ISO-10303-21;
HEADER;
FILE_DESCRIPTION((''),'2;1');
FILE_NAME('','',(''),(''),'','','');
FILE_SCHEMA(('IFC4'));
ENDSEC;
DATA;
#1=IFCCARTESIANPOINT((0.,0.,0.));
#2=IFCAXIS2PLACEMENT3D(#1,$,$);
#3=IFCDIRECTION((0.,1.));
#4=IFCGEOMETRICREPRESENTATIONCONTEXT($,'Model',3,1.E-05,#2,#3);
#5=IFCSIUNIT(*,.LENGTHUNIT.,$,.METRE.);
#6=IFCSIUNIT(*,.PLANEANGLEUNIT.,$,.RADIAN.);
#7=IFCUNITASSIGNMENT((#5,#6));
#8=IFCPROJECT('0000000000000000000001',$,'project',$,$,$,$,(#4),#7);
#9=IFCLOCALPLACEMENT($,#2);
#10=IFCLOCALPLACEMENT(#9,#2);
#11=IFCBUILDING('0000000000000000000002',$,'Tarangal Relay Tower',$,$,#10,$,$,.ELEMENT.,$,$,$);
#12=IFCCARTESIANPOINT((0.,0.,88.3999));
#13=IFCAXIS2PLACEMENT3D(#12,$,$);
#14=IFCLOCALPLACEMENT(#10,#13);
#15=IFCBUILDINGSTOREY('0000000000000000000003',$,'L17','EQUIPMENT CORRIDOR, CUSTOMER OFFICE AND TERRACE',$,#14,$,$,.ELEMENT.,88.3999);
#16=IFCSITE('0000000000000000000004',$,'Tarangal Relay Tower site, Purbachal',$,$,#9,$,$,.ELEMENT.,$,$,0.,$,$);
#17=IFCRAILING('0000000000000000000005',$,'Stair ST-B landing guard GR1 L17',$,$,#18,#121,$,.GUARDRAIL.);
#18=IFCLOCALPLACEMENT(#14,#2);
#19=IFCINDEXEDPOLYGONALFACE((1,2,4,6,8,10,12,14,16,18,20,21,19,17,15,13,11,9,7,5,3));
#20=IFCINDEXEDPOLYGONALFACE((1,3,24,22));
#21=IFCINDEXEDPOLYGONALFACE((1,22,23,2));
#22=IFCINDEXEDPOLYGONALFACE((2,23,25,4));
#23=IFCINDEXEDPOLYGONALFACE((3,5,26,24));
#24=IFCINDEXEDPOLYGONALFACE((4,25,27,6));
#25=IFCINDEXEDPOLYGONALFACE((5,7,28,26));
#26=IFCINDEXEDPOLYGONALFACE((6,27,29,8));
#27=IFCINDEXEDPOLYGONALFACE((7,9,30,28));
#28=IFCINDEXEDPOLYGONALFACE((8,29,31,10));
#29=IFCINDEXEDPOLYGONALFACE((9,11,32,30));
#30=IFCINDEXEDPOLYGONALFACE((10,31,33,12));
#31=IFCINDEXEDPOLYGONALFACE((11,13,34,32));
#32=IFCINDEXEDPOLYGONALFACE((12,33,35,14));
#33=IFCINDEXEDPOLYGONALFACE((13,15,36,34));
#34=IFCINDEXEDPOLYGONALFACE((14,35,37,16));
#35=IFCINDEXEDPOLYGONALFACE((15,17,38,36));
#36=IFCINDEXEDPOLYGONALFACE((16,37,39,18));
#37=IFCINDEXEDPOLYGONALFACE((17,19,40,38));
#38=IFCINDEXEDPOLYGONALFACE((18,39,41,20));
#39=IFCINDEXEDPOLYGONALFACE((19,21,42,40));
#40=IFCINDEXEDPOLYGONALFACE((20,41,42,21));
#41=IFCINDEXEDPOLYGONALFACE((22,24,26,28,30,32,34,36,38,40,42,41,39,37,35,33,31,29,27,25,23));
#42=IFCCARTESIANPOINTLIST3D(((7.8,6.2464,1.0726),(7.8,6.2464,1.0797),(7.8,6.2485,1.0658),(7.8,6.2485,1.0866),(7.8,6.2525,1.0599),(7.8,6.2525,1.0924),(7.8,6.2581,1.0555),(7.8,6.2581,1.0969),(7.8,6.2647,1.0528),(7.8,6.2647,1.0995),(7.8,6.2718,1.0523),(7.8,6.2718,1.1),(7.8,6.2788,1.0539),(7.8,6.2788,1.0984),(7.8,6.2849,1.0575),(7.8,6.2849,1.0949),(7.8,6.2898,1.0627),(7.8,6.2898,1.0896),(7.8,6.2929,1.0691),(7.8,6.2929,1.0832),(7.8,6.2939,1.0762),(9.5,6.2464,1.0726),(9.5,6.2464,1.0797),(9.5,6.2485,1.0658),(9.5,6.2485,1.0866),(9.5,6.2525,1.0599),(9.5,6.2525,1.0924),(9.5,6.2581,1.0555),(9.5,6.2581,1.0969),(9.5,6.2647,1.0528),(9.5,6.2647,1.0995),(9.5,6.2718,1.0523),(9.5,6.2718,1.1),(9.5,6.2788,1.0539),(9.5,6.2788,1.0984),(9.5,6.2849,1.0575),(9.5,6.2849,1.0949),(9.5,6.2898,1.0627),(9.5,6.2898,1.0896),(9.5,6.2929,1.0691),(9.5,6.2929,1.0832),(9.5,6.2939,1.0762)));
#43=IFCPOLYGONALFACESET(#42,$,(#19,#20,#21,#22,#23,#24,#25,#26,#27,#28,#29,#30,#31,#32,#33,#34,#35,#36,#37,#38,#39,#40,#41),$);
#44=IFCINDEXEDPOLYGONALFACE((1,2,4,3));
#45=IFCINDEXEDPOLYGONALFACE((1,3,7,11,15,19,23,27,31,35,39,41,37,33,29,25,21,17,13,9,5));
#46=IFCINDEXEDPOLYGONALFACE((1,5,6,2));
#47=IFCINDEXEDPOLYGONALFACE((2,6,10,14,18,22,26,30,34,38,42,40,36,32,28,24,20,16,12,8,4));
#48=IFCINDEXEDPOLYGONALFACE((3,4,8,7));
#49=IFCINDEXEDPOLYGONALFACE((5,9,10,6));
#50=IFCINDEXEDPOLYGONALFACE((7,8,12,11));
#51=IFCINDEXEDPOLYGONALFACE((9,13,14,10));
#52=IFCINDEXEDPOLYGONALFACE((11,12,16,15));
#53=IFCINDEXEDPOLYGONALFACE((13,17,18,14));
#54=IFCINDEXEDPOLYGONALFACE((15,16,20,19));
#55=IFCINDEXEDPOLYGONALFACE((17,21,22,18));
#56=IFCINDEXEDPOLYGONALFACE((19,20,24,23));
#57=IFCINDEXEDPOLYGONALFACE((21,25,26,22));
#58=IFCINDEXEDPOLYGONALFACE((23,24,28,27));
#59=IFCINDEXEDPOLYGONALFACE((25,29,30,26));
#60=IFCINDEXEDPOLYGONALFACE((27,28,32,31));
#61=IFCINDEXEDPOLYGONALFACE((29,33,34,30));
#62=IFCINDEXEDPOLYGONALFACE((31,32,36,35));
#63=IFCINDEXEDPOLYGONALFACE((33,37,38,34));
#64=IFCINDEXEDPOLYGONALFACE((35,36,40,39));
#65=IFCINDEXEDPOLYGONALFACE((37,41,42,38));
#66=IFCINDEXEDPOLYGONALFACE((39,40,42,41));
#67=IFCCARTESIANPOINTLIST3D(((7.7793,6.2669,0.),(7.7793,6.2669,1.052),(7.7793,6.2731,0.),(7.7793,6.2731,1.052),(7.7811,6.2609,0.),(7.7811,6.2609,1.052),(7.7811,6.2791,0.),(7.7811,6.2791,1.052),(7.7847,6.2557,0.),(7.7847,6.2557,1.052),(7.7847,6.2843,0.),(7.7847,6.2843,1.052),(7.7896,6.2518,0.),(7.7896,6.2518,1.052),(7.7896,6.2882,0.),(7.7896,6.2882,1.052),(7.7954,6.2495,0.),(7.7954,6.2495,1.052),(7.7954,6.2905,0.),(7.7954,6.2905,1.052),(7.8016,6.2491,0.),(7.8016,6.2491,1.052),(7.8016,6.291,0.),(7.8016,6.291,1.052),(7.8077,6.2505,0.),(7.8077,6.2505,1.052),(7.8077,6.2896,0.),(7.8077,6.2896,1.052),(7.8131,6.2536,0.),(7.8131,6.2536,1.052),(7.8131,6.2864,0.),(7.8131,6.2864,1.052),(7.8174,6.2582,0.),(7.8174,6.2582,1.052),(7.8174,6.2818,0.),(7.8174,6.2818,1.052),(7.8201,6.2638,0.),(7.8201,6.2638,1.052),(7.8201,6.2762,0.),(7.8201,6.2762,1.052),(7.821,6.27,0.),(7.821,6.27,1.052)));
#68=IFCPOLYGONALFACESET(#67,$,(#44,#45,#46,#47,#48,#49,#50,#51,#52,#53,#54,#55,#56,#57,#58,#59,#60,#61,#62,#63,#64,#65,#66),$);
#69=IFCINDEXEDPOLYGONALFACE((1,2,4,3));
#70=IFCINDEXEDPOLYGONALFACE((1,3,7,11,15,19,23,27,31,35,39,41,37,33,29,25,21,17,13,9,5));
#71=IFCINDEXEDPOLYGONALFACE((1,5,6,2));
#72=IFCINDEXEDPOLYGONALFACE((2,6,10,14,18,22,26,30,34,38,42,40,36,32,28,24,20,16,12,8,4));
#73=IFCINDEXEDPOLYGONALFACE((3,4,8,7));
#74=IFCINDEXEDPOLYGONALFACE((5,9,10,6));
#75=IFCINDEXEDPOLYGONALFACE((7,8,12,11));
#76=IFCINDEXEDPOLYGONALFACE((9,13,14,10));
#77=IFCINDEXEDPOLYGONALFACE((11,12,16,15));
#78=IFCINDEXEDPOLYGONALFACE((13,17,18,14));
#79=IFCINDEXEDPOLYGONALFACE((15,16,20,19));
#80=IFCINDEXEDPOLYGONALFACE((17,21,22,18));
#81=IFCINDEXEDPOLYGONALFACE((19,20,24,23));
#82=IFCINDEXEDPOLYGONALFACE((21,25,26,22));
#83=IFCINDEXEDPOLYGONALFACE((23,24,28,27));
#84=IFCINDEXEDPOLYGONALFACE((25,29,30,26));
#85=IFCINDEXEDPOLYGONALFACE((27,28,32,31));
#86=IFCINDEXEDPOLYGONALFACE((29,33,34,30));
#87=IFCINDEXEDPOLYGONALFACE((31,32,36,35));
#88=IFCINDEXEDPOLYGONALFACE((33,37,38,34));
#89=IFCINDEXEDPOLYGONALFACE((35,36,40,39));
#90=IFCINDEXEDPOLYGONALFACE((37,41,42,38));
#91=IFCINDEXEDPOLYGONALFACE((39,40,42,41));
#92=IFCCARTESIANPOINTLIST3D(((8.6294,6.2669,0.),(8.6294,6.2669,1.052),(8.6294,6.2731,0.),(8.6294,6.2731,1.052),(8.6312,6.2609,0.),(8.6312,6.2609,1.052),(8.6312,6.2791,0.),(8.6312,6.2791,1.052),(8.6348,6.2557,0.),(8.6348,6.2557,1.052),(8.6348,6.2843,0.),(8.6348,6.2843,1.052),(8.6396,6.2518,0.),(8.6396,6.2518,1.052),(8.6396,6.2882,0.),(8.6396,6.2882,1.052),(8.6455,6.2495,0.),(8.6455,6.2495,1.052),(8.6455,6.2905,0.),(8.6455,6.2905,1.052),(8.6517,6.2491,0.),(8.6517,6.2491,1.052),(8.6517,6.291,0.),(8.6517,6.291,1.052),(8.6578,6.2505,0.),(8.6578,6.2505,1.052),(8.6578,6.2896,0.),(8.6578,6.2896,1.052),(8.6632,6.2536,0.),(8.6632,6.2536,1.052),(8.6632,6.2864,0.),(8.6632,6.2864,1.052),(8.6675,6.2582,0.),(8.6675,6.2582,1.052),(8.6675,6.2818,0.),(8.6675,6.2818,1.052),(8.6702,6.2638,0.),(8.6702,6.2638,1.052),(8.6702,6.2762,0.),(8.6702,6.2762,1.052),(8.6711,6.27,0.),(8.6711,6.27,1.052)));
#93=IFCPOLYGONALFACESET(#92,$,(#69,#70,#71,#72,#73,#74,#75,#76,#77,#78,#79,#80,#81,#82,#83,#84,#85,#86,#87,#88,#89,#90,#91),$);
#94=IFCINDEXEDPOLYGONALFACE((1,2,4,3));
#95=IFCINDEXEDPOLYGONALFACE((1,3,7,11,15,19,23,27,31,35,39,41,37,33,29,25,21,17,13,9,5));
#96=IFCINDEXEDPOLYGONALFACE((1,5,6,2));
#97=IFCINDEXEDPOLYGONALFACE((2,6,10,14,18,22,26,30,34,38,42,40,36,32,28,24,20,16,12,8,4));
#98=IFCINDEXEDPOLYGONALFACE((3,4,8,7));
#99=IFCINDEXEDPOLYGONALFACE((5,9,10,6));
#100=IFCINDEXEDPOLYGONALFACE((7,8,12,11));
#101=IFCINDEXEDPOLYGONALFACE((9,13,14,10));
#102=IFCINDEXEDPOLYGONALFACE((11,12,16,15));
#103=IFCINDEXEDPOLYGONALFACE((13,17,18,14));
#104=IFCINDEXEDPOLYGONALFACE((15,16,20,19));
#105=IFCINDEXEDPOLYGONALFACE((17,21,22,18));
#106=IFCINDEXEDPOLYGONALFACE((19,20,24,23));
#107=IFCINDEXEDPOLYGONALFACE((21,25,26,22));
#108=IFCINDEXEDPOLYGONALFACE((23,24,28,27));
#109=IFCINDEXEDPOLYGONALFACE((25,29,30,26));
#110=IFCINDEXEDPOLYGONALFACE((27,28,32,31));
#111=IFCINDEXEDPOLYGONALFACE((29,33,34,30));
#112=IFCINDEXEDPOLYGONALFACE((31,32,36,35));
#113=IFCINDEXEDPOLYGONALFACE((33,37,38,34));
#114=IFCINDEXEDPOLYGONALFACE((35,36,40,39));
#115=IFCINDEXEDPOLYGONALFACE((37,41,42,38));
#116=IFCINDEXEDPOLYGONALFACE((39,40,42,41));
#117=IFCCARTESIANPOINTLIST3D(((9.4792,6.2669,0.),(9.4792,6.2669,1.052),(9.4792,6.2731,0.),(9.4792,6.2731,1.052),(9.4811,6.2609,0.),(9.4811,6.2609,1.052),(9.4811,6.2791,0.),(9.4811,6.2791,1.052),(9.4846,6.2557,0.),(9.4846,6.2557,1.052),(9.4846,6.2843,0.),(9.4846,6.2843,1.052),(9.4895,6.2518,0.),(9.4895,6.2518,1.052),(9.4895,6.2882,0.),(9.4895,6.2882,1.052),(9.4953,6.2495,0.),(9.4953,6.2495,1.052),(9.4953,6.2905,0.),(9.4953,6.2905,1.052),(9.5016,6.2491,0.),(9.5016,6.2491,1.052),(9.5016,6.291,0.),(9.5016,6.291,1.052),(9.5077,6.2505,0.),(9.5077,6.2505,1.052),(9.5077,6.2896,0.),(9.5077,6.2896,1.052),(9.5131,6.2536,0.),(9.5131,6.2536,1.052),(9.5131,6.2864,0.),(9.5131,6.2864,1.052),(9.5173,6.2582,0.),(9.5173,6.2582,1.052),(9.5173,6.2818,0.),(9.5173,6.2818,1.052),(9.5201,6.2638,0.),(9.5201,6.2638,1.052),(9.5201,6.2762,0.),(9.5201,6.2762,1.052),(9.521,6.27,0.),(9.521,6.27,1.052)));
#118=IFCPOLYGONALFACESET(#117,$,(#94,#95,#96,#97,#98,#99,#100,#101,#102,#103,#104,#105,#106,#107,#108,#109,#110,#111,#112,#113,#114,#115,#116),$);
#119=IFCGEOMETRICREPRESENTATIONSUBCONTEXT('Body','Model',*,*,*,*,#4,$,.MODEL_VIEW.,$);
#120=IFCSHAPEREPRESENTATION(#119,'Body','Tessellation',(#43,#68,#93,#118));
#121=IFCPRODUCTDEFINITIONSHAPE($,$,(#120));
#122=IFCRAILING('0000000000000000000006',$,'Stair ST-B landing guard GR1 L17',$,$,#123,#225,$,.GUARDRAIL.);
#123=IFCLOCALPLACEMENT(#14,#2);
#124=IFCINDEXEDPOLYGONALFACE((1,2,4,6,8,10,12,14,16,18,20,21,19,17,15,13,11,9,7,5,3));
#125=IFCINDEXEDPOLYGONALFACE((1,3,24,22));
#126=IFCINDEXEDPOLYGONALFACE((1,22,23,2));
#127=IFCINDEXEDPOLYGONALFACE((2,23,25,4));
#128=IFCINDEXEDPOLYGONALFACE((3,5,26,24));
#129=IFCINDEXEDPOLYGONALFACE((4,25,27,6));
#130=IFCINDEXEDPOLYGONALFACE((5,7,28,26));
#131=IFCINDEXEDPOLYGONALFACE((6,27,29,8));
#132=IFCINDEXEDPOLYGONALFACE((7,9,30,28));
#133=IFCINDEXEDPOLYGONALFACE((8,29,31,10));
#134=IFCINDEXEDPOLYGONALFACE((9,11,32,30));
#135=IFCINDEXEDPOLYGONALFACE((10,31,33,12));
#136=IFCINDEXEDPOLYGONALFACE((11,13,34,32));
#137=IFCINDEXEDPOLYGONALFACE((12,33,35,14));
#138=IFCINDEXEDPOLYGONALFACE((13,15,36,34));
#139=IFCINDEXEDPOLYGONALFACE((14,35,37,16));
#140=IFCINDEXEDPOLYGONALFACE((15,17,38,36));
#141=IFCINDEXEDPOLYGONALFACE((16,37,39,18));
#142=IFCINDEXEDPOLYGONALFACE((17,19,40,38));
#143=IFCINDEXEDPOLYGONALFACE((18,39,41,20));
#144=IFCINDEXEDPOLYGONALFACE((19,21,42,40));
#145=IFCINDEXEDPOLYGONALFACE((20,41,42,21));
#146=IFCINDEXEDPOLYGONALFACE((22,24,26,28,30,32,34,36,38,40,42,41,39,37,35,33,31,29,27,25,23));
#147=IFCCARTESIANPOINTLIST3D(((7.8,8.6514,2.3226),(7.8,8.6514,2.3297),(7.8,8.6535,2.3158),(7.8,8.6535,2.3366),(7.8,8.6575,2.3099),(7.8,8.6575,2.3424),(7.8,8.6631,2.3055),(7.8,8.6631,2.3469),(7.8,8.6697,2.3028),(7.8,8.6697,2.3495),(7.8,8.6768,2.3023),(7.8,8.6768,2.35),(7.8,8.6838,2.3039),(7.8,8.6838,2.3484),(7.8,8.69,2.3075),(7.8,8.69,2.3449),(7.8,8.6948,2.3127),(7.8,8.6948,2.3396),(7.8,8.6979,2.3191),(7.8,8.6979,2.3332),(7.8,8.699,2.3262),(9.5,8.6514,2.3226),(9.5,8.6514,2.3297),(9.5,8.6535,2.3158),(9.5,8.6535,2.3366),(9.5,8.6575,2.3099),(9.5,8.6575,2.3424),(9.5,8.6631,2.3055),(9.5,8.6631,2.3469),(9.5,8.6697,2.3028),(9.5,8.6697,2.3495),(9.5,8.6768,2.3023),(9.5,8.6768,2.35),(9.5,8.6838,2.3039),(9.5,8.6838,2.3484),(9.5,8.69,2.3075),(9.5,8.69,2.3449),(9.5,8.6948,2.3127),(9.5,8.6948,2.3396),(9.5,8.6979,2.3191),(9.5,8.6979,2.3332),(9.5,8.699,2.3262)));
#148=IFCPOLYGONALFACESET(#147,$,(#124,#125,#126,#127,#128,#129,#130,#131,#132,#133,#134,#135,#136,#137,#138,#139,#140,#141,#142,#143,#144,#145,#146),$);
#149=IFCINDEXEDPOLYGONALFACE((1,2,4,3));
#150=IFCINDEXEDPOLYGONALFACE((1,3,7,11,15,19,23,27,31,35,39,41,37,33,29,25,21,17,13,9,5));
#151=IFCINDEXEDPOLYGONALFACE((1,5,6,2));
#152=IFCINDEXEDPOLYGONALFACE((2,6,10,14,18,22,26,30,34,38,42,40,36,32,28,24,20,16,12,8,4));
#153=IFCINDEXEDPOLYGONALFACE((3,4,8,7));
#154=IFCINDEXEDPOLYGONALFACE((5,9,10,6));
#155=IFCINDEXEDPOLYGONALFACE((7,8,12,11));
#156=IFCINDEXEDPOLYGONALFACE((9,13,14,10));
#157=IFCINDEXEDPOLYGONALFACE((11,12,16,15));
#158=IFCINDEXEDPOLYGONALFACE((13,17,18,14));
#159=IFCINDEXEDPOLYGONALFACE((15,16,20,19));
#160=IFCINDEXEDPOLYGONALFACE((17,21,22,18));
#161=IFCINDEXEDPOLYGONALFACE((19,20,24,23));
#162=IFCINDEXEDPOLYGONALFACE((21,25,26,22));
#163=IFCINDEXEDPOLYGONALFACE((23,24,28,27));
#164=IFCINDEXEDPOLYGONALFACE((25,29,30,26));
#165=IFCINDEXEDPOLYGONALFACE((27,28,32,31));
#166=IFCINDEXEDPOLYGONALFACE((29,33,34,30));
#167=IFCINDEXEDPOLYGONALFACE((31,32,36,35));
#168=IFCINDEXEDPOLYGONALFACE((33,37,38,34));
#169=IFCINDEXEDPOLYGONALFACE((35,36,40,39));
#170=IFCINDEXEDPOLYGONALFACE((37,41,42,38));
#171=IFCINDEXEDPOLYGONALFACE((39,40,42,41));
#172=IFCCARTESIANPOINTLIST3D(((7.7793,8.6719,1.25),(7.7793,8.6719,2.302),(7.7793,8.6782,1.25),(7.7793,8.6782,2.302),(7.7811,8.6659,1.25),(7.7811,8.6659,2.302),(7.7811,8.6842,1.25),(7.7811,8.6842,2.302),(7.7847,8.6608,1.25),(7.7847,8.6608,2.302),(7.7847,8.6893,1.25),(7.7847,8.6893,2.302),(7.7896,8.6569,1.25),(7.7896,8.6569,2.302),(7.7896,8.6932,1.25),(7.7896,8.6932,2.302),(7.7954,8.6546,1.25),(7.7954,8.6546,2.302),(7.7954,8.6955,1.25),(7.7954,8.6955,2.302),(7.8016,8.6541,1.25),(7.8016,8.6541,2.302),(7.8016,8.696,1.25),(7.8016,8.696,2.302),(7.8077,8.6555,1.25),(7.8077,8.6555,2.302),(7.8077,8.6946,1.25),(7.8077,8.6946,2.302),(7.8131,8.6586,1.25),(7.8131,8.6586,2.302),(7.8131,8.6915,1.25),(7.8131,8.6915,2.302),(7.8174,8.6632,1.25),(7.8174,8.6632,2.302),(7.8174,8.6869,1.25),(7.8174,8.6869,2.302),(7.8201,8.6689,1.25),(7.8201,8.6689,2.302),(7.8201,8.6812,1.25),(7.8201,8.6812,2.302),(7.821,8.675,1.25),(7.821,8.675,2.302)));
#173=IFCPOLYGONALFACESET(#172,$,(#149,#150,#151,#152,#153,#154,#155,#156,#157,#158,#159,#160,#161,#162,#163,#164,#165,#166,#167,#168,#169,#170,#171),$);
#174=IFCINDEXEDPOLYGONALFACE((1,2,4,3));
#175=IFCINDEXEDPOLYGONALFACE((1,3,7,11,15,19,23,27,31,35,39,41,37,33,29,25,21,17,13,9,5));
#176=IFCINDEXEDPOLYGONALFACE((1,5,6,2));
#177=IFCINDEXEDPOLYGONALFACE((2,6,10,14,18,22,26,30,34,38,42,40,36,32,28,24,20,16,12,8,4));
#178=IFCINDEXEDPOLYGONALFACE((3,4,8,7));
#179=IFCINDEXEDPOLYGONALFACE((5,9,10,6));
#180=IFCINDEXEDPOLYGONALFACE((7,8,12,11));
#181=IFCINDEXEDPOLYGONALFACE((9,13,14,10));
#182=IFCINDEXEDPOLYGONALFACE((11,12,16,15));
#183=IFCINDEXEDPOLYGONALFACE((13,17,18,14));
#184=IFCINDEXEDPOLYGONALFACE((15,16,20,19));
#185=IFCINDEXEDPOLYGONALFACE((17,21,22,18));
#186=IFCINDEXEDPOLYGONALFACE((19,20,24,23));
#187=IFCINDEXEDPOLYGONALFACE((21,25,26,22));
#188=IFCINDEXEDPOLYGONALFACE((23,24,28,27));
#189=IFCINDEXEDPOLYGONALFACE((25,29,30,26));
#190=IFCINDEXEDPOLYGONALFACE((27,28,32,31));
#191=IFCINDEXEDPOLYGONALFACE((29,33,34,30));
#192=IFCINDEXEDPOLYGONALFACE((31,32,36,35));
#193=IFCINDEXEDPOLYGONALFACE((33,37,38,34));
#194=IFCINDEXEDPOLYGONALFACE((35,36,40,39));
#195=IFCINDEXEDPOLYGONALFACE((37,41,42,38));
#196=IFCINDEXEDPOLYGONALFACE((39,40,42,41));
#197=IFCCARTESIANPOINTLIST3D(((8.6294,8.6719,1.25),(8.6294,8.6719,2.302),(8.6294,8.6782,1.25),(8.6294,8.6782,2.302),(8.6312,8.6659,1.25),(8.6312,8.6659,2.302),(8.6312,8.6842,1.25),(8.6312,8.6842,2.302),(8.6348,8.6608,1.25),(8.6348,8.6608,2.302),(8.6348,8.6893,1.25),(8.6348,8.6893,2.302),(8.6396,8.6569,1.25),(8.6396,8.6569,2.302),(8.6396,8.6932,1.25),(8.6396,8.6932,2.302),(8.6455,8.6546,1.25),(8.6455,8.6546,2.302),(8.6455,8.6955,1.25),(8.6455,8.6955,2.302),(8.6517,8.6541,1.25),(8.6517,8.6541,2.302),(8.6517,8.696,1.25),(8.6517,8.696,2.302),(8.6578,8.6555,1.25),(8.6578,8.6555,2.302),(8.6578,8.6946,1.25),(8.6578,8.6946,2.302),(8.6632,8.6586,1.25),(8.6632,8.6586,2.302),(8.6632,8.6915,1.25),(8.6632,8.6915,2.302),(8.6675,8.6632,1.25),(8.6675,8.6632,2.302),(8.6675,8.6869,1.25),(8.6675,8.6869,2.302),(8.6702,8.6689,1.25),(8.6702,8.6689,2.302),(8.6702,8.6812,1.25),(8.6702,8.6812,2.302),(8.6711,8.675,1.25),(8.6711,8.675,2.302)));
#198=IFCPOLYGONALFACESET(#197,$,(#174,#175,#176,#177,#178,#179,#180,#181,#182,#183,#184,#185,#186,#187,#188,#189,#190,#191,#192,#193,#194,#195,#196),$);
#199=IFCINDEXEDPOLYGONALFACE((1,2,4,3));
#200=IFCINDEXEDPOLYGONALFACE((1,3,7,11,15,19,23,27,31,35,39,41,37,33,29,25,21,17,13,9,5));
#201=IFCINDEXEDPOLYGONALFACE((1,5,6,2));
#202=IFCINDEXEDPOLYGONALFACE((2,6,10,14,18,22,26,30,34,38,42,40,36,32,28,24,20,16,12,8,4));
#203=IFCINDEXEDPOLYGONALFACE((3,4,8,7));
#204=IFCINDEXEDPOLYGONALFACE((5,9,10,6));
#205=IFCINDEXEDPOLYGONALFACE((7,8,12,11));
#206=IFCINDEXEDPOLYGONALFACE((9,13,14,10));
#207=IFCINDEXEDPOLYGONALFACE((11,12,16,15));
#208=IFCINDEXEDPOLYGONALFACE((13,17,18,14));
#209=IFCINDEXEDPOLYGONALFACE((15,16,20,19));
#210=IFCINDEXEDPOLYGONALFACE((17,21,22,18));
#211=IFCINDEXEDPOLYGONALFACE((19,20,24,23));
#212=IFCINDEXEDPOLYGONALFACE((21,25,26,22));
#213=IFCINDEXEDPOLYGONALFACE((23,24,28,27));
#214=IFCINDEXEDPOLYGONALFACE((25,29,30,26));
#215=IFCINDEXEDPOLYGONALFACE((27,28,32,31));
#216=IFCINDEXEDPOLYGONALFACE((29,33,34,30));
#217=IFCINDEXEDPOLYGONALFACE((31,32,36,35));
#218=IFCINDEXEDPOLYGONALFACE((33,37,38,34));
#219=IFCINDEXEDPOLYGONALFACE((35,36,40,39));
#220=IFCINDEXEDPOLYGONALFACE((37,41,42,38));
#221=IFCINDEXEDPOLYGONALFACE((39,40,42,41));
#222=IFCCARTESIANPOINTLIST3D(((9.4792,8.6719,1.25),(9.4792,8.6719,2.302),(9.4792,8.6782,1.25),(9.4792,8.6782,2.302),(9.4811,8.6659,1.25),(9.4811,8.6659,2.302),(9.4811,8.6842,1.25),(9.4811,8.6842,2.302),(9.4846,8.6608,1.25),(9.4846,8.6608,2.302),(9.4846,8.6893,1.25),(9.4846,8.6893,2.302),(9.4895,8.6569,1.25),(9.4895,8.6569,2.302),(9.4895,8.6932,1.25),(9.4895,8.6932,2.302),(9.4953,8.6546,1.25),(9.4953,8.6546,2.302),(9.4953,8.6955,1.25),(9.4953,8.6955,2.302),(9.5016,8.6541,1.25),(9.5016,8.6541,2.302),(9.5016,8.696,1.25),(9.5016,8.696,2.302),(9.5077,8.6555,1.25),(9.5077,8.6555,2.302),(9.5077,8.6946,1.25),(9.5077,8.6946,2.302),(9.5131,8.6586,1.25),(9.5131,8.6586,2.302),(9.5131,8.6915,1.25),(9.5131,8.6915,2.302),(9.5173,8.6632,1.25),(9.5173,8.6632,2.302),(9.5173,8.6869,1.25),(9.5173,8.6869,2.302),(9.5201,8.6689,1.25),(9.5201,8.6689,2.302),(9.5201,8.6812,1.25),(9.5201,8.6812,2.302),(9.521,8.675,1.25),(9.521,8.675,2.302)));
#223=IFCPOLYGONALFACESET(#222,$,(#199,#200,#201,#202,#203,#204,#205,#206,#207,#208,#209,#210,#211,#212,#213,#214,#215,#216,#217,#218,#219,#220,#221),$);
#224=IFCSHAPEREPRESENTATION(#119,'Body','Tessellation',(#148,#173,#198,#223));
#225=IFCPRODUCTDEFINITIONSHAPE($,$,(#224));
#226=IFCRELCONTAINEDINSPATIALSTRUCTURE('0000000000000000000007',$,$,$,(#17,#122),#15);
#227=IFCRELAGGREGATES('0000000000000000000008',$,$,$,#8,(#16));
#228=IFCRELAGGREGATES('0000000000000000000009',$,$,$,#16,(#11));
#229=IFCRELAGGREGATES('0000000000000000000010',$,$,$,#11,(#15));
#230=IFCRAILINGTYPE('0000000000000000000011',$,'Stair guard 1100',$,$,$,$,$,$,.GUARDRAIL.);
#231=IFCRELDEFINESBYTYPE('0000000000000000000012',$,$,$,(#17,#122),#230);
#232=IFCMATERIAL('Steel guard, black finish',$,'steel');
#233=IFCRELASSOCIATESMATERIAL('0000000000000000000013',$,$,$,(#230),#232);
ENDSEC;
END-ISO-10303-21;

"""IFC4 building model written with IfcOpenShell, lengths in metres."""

from ifc_helpers import new_model, si_unit, direction, frame, origin, origin_2d, place, context, subcontext, project, spatial, circle, extrude, material, type_object, element, save


model = new_model("IFC4")

# Units and contexts
model_context = context("Model", 3, precision=1e-05, world=origin(), true_north=direction((0.0, 1.0)))
body_context = subcontext(model_context, "Body", "Model", "MODEL_VIEW")
ifc_project = project(units=[si_unit("LENGTHUNIT", "METRE"), si_unit("PLANEANGLEUNIT", "RADIAN")], contexts=[model_context])

# Site, building, storey
site_placement = place(None, origin())
site = spatial("IfcSite", under=ifc_project, at=site_placement, Name="Tarangal Relay Tower site, Purbachal", CompositionType="ELEMENT", RefElevation=0.0)
building_placement = place(site_placement, origin())
building = spatial("IfcBuilding", under=site, at=building_placement, Name="Tarangal Relay Tower", CompositionType="ELEMENT")
storey_placement = place(building_placement, frame((0.0, 0.0, 88.3999)))
storey = spatial("IfcBuildingStorey", under=building, at=storey_placement, Name="L17", Description="EQUIPMENT CORRIDOR, CUSTOMER OFFICE AND TERRACE", CompositionType="ELEMENT", Elevation=88.3999)

# Railings
ifc_material_1 = material(Name="Steel guard, black finish", Category="steel")
railing_type_1 = type_object("IfcRailingType", Name="Stair guard 1100", PredefinedType="GUARDRAIL", material=ifc_material_1)
for number, where, name in (
    (1, (7.8, 6.27, 0.0), "Stair ST-B landing guard GR1 L17"),
    (2, (7.8, 8.675, 1.25), "Stair ST-B landing guard GR1 L17"),
):
    element("IfcRailing", number, at=place(storey_placement, frame(where)), inside=storey, type_object=railing_type_1, Name=name, PredefinedType="GUARDRAIL", context=body_context, shape_type="SweptSolid", body=[
        extrude(circle(Radius=0.0239, at=origin_2d()), frame((0.0, 0.0, 1.0762), z_axis=(1.0, 0.0, 0.0), x_axis=(0.0, 1.0, 0.0)), (0.0, 0.0, 1.0), 1.7),
        extrude(circle(Radius=0.021, at=origin_2d()), origin(), (0.0, 0.0, 1.0), 1.052),
        extrude(circle(Radius=0.021, at=origin_2d()), frame((0.8501, 0.0, 0.0)), (0.0, 0.0, 1.0), 1.052),
        extrude(circle(Radius=0.021, at=origin_2d()), frame((1.7, 0.0, 0.0)), (0.0, 0.0, 1.0), 1.052),
    ])

save(model, "model.ifc")
